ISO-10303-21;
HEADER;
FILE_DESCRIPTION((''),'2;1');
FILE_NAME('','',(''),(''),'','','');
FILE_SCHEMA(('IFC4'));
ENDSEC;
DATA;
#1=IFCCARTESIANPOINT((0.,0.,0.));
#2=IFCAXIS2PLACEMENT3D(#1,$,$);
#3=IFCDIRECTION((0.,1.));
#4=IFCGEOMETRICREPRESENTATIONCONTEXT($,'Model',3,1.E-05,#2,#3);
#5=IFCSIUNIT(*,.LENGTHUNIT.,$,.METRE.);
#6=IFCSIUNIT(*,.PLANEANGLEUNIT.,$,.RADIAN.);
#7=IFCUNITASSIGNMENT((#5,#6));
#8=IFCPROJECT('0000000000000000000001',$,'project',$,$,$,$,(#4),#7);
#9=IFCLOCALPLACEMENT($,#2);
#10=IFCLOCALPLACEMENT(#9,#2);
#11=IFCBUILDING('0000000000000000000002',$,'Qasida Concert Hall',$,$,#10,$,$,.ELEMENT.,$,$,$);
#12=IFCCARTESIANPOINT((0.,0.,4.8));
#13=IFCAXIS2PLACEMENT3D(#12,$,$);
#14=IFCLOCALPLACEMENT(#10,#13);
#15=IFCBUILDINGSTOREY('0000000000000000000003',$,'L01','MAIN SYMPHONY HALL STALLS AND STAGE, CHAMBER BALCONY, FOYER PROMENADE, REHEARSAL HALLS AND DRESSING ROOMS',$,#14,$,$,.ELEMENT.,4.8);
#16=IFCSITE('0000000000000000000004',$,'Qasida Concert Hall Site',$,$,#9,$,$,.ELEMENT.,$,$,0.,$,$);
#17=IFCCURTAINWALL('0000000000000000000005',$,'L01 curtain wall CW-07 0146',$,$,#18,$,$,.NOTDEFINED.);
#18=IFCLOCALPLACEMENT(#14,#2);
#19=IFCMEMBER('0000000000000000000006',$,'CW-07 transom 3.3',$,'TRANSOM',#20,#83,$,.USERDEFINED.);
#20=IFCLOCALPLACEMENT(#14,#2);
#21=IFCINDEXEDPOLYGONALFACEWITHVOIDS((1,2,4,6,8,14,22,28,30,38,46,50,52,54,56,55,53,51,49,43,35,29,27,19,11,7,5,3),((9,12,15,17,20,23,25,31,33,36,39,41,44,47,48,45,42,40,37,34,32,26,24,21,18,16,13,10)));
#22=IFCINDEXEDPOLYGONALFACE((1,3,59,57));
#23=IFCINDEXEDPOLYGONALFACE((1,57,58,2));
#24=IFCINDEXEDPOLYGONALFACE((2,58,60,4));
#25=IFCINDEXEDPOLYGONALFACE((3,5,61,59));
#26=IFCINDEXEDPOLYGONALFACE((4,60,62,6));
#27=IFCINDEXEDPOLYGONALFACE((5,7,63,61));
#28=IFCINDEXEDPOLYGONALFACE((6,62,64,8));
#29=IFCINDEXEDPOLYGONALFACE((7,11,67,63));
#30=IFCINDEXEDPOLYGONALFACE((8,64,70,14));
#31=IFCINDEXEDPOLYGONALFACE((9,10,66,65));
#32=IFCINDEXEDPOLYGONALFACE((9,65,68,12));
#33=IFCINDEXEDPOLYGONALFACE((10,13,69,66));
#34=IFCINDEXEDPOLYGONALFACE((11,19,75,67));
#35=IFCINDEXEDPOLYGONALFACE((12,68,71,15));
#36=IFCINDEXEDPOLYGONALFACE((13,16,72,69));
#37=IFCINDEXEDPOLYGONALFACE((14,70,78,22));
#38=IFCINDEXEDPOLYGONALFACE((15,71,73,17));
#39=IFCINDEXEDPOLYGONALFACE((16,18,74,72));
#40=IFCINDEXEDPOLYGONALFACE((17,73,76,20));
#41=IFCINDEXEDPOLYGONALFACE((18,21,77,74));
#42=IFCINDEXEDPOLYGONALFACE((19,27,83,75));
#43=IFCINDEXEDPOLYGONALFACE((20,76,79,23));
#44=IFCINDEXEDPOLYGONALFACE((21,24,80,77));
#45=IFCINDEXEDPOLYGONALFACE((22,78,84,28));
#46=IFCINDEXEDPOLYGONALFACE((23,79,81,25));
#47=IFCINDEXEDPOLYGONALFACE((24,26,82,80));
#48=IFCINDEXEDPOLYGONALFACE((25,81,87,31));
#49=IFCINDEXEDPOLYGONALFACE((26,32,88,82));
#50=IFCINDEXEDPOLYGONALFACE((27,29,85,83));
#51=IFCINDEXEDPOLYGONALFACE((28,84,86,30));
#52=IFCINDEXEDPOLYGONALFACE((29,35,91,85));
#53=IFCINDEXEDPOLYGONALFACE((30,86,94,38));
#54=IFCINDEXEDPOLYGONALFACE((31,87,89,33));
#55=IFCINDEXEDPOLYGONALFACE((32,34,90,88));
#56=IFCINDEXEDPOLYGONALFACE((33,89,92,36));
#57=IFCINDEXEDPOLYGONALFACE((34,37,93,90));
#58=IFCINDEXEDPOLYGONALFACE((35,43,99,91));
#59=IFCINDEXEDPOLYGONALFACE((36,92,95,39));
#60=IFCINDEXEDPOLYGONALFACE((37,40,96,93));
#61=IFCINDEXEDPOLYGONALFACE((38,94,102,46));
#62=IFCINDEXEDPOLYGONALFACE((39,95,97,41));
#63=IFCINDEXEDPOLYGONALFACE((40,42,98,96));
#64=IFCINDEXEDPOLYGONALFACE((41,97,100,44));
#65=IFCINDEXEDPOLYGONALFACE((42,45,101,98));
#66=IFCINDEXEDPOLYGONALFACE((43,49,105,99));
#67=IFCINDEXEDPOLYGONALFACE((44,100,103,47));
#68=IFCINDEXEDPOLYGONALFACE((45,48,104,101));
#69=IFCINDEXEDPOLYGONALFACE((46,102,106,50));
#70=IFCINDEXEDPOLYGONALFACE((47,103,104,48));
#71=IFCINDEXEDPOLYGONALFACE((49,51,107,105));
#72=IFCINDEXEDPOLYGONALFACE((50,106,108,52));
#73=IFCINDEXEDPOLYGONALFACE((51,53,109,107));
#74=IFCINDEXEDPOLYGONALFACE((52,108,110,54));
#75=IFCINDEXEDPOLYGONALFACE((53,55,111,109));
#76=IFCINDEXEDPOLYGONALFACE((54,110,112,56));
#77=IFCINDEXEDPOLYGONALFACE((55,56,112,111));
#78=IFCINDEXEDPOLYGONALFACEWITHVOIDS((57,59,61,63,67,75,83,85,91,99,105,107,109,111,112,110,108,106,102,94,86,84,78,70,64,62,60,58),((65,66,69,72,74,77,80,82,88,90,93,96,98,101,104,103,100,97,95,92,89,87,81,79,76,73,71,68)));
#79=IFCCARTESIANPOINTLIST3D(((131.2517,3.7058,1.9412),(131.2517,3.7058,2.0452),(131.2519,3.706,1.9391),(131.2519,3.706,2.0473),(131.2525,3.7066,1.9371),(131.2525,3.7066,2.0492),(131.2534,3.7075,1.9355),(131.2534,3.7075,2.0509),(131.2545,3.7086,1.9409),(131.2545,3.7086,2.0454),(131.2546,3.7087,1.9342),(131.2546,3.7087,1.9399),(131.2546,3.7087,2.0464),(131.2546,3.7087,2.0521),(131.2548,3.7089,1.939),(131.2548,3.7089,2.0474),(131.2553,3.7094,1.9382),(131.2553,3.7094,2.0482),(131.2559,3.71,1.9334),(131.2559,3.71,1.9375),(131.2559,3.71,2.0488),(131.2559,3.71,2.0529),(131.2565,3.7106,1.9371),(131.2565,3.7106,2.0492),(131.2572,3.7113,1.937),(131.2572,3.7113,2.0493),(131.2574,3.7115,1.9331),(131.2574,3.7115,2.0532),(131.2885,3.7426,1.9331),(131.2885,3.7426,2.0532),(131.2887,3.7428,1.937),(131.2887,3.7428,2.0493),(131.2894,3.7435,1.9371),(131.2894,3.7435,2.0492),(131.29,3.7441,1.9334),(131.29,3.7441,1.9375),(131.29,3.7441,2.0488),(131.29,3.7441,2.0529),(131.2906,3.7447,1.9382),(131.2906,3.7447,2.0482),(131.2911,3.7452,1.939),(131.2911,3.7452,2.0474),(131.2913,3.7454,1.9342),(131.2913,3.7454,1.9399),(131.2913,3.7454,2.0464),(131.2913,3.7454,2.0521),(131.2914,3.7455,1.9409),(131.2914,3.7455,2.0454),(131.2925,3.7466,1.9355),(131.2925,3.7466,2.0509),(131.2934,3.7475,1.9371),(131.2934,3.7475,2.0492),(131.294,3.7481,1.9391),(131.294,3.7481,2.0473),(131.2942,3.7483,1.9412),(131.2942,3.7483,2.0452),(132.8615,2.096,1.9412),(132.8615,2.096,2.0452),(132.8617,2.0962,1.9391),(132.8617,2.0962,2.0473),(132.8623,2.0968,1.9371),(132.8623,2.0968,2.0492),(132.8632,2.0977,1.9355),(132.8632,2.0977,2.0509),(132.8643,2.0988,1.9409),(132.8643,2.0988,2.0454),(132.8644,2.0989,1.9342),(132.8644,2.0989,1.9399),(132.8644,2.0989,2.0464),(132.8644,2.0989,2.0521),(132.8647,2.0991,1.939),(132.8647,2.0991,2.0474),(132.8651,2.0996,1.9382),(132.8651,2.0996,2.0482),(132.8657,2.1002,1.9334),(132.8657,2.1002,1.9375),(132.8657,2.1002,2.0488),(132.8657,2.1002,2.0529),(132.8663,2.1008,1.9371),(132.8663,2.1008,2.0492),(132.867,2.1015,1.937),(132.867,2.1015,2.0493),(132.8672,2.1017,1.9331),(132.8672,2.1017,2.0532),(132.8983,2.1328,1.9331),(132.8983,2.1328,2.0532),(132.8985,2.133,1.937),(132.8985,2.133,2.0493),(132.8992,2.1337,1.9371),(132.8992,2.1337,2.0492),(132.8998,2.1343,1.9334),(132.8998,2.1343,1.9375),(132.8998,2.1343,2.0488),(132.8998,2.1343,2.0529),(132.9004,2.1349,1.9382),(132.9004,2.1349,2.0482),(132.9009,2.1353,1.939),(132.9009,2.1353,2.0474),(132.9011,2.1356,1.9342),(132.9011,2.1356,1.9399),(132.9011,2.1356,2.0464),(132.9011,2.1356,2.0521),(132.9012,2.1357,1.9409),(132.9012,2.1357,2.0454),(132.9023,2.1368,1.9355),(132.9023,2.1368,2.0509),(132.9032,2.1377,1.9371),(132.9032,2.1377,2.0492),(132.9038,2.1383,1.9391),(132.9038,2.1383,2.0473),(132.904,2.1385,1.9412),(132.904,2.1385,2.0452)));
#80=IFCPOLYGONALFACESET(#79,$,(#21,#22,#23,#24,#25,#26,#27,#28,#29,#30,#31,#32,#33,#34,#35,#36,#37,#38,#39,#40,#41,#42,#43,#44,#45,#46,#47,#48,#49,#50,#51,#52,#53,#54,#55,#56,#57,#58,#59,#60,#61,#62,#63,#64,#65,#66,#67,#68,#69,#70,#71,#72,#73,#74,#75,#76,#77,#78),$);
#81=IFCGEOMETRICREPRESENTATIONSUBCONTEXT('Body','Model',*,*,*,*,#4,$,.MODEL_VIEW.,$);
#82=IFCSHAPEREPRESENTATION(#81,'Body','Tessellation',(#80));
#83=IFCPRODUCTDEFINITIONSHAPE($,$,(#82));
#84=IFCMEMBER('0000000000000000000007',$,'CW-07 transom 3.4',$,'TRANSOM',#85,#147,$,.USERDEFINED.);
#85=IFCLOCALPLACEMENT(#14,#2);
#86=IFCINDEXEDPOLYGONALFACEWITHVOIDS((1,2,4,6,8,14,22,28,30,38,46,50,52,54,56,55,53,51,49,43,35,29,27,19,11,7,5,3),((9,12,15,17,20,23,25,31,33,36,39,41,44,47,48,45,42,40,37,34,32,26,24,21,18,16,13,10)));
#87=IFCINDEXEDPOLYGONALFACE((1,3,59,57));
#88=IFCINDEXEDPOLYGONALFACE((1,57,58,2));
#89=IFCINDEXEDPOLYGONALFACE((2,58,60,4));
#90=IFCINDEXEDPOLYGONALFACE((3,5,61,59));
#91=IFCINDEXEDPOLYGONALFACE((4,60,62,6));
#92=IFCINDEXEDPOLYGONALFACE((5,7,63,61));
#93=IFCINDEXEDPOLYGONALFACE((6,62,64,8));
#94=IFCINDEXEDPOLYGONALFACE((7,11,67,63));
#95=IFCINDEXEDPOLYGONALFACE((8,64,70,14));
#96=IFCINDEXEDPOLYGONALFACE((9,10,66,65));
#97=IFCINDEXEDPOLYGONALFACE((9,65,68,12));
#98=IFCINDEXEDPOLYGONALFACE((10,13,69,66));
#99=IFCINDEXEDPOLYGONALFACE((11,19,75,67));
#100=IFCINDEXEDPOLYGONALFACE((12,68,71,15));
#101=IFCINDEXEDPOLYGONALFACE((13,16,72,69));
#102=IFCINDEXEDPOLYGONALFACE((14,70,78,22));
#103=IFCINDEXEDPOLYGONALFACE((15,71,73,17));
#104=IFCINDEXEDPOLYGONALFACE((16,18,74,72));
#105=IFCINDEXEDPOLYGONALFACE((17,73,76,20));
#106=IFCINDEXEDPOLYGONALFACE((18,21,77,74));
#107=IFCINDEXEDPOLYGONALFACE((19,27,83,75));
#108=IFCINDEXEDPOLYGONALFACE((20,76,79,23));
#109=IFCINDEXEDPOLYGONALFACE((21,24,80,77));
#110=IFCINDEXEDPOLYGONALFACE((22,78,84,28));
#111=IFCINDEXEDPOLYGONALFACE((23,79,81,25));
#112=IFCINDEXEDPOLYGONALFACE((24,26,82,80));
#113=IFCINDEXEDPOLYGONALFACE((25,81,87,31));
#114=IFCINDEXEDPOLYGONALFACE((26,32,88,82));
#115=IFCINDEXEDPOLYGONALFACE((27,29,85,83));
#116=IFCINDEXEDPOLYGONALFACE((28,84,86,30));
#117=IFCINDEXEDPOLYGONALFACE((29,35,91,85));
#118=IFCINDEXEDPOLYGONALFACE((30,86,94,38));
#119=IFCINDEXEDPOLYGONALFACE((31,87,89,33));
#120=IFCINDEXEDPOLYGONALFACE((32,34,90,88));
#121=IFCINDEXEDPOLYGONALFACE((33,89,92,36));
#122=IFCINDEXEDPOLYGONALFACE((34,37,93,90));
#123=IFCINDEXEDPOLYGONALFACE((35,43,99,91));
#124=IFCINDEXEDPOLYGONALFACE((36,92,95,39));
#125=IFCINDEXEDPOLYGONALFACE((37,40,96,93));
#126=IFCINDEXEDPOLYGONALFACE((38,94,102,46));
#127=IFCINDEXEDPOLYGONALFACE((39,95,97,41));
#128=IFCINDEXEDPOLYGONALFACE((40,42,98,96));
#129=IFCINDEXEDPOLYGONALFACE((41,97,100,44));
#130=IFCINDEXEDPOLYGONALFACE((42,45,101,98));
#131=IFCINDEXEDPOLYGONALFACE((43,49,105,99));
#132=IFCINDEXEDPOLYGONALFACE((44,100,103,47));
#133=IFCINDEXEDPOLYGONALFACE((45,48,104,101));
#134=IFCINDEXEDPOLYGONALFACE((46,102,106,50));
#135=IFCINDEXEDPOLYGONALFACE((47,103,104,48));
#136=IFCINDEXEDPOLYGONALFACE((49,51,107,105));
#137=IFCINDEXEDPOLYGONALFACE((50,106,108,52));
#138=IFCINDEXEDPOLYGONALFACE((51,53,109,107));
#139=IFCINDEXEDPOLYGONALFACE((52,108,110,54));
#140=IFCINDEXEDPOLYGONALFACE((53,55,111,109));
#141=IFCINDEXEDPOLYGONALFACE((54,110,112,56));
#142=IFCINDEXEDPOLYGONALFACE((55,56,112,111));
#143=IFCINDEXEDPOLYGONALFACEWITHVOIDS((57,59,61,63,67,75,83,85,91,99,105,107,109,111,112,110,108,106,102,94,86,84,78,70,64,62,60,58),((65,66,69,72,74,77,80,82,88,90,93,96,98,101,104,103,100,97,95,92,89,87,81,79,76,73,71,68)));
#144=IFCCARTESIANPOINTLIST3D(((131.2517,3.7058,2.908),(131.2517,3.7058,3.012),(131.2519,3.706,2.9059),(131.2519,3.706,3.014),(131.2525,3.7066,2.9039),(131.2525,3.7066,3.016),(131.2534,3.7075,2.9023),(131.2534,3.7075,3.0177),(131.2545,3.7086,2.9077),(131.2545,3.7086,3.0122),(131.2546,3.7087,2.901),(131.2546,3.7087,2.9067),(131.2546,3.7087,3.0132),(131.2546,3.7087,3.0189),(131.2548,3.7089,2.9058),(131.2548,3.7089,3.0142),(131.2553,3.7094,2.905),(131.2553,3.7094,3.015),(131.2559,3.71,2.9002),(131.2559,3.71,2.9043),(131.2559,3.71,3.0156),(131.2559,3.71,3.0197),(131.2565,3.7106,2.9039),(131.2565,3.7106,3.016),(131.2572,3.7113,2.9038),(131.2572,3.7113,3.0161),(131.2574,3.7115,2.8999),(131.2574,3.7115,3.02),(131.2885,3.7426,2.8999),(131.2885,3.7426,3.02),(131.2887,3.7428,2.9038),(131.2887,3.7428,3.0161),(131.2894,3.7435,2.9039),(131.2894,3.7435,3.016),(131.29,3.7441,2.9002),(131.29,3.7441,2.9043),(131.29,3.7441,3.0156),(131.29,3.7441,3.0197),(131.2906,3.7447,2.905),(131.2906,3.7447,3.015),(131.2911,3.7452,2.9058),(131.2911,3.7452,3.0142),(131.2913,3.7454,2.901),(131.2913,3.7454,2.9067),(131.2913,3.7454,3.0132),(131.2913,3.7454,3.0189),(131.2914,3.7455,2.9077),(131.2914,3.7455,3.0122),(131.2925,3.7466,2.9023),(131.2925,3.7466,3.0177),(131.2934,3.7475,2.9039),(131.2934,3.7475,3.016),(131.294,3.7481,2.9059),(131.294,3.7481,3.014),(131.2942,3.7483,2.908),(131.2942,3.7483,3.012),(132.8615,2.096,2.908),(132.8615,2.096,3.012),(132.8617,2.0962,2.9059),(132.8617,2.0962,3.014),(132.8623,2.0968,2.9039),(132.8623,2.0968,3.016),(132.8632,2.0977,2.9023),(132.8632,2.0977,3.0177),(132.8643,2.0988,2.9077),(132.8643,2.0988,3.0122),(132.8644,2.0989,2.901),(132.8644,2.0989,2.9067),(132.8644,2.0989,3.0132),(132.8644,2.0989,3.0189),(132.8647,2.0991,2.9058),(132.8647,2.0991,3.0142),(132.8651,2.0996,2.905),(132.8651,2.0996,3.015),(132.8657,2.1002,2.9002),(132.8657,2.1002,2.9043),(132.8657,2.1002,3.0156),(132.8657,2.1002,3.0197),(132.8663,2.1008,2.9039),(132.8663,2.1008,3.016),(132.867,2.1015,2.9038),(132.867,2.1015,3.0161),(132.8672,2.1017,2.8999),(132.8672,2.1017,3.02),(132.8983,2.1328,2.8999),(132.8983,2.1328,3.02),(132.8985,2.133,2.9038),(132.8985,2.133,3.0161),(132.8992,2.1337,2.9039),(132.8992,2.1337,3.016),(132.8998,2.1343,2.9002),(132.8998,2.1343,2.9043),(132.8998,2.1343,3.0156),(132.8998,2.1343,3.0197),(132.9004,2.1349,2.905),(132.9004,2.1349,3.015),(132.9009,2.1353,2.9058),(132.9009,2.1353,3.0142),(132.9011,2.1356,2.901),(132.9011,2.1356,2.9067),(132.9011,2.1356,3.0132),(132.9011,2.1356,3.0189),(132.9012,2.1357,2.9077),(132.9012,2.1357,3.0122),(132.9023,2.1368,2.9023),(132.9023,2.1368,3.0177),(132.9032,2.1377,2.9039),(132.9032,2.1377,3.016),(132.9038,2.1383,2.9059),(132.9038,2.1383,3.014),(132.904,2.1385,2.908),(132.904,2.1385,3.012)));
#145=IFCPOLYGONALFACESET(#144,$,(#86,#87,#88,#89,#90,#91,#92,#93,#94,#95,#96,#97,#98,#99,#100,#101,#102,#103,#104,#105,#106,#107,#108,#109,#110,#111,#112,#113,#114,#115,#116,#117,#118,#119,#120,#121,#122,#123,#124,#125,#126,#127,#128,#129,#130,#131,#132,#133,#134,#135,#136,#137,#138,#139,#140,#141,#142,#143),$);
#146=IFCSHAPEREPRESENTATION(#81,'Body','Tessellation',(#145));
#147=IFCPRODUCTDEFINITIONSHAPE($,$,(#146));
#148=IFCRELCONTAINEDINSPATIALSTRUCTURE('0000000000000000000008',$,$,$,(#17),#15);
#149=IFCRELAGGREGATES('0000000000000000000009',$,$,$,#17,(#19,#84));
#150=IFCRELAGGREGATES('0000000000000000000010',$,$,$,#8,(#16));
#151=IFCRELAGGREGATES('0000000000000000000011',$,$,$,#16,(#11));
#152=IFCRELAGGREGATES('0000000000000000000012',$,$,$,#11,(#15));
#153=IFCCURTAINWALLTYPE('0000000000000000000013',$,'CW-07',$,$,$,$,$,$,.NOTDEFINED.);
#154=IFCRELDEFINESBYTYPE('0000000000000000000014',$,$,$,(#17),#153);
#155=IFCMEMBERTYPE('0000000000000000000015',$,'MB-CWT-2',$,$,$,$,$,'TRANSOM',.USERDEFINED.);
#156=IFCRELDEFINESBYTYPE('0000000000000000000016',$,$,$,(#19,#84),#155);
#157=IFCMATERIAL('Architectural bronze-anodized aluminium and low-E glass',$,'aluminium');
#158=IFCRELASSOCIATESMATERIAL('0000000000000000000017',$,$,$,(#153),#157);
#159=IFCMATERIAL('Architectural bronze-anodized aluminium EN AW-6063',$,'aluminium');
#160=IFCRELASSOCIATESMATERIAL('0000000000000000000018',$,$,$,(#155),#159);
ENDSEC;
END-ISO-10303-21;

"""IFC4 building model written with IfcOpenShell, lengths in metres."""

from ifc_helpers import new_model, si_unit, direction, frame, origin, origin_2d, place, context, subcontext, project, spatial, hollow_rectangle, extrude, material, material_profile, profile_set, type_object, element, aggregate, save


model = new_model("IFC4")

# Units and contexts
model_context = context("Model", 3, precision=1e-05, world=origin(), true_north=direction((0.0, 1.0)))
body_context = subcontext(model_context, "Body", "Model", "MODEL_VIEW")
ifc_project = project(units=[si_unit("LENGTHUNIT", "METRE"), si_unit("PLANEANGLEUNIT", "RADIAN")], contexts=[model_context])

# Site, building, storey
site_placement = place(None, origin())
site = spatial("IfcSite", under=ifc_project, at=site_placement, Name="Qasida Concert Hall Site", CompositionType="ELEMENT", RefElevation=0.0)
building_placement = place(site_placement, origin())
building = spatial("IfcBuilding", under=site, at=building_placement, Name="Qasida Concert Hall", CompositionType="ELEMENT")
storey_placement = place(building_placement, frame((0.0, 0.0, 4.8)))
storey = spatial("IfcBuildingStorey", under=building, at=storey_placement, Name="L01", Description="MAIN SYMPHONY HALL STALLS AND STAGE, CHAMBER BALCONY, FOYER PROMENADE, REHEARSAL HALLS AND DRESSING ROOMS", CompositionType="ELEMENT", Elevation=4.8)

# Curtain wall, members
ifc_material_1 = material(Name="Architectural bronze-anodized aluminium and low-E glass", Category="aluminium")
curtain_wall_type = type_object("IfcCurtainWallType", Name="CW-07", PredefinedType="NOTDEFINED", material=ifc_material_1)
curtain_wall_placement = place(storey_placement, origin())
curtain_wall = element("IfcCurtainWall", 1, at=curtain_wall_placement, inside=storey, type_object=curtain_wall_type, Name="L01 curtain wall CW-07 0146", PredefinedType="NOTDEFINED")
ifc_material_2 = material(Name="Architectural bronze-anodized aluminium EN AW-6063", Category="aluminium")
ifc_material_profile_1 = material_profile(ifc_material_2, hollow_rectangle(XDim=0.0601, YDim=0.1201, WallThickness=0.0039, InnerFilletRadius=0.0039, OuterFilletRadius=0.0081, at=origin_2d()), Name="CWT 120x60x4")
ifc_profile_set_1 = profile_set([ifc_material_profile_1], Name="Architectural bronze-anodized aluminium EN AW-6063")
member_type_1 = type_object("IfcMemberType", Name="MB-CWT-2", ElementType="TRANSOM", PredefinedType="USERDEFINED", material=ifc_profile_set_1)
member_1_placement = place(storey_placement, frame((131.2729, 3.7271, 1.9932), z_axis=(0.707107, -0.707107, 0.0), x_axis=(0.707107, 0.707107, 0.0)))
member_1 = element("IfcMember", 2, at=member_1_placement, type_object=member_type_1, Name="CW-07 transom 3.3", ObjectType="TRANSOM", PredefinedType="USERDEFINED", context=body_context, shape_type="SweptSolid", body=[
    extrude(hollow_rectangle(XDim=0.0601, YDim=0.1201, WallThickness=0.0039, InnerFilletRadius=0.0039, OuterFilletRadius=0.0081, at=origin_2d()), origin(), (0.0, 0.0, 1.0), 2.2766),
])
member_2_placement = place(storey_placement, frame((131.2729, 3.7271, 2.96), z_axis=(0.707107, -0.707107, 0.0), x_axis=(0.707107, 0.707107, 0.0)))
member_2 = element("IfcMember", 3, at=member_2_placement, type_object=member_type_1, Name="CW-07 transom 3.4", ObjectType="TRANSOM", PredefinedType="USERDEFINED", context=body_context, shape_type="SweptSolid", body=[
    extrude(hollow_rectangle(XDim=0.0601, YDim=0.1201, WallThickness=0.0039, InnerFilletRadius=0.0039, OuterFilletRadius=0.0081, at=origin_2d()), origin(), (0.0, 0.0, 1.0), 2.2766),
])
aggregate(curtain_wall, [member_1, member_2])

save(model, "model.ifc")
